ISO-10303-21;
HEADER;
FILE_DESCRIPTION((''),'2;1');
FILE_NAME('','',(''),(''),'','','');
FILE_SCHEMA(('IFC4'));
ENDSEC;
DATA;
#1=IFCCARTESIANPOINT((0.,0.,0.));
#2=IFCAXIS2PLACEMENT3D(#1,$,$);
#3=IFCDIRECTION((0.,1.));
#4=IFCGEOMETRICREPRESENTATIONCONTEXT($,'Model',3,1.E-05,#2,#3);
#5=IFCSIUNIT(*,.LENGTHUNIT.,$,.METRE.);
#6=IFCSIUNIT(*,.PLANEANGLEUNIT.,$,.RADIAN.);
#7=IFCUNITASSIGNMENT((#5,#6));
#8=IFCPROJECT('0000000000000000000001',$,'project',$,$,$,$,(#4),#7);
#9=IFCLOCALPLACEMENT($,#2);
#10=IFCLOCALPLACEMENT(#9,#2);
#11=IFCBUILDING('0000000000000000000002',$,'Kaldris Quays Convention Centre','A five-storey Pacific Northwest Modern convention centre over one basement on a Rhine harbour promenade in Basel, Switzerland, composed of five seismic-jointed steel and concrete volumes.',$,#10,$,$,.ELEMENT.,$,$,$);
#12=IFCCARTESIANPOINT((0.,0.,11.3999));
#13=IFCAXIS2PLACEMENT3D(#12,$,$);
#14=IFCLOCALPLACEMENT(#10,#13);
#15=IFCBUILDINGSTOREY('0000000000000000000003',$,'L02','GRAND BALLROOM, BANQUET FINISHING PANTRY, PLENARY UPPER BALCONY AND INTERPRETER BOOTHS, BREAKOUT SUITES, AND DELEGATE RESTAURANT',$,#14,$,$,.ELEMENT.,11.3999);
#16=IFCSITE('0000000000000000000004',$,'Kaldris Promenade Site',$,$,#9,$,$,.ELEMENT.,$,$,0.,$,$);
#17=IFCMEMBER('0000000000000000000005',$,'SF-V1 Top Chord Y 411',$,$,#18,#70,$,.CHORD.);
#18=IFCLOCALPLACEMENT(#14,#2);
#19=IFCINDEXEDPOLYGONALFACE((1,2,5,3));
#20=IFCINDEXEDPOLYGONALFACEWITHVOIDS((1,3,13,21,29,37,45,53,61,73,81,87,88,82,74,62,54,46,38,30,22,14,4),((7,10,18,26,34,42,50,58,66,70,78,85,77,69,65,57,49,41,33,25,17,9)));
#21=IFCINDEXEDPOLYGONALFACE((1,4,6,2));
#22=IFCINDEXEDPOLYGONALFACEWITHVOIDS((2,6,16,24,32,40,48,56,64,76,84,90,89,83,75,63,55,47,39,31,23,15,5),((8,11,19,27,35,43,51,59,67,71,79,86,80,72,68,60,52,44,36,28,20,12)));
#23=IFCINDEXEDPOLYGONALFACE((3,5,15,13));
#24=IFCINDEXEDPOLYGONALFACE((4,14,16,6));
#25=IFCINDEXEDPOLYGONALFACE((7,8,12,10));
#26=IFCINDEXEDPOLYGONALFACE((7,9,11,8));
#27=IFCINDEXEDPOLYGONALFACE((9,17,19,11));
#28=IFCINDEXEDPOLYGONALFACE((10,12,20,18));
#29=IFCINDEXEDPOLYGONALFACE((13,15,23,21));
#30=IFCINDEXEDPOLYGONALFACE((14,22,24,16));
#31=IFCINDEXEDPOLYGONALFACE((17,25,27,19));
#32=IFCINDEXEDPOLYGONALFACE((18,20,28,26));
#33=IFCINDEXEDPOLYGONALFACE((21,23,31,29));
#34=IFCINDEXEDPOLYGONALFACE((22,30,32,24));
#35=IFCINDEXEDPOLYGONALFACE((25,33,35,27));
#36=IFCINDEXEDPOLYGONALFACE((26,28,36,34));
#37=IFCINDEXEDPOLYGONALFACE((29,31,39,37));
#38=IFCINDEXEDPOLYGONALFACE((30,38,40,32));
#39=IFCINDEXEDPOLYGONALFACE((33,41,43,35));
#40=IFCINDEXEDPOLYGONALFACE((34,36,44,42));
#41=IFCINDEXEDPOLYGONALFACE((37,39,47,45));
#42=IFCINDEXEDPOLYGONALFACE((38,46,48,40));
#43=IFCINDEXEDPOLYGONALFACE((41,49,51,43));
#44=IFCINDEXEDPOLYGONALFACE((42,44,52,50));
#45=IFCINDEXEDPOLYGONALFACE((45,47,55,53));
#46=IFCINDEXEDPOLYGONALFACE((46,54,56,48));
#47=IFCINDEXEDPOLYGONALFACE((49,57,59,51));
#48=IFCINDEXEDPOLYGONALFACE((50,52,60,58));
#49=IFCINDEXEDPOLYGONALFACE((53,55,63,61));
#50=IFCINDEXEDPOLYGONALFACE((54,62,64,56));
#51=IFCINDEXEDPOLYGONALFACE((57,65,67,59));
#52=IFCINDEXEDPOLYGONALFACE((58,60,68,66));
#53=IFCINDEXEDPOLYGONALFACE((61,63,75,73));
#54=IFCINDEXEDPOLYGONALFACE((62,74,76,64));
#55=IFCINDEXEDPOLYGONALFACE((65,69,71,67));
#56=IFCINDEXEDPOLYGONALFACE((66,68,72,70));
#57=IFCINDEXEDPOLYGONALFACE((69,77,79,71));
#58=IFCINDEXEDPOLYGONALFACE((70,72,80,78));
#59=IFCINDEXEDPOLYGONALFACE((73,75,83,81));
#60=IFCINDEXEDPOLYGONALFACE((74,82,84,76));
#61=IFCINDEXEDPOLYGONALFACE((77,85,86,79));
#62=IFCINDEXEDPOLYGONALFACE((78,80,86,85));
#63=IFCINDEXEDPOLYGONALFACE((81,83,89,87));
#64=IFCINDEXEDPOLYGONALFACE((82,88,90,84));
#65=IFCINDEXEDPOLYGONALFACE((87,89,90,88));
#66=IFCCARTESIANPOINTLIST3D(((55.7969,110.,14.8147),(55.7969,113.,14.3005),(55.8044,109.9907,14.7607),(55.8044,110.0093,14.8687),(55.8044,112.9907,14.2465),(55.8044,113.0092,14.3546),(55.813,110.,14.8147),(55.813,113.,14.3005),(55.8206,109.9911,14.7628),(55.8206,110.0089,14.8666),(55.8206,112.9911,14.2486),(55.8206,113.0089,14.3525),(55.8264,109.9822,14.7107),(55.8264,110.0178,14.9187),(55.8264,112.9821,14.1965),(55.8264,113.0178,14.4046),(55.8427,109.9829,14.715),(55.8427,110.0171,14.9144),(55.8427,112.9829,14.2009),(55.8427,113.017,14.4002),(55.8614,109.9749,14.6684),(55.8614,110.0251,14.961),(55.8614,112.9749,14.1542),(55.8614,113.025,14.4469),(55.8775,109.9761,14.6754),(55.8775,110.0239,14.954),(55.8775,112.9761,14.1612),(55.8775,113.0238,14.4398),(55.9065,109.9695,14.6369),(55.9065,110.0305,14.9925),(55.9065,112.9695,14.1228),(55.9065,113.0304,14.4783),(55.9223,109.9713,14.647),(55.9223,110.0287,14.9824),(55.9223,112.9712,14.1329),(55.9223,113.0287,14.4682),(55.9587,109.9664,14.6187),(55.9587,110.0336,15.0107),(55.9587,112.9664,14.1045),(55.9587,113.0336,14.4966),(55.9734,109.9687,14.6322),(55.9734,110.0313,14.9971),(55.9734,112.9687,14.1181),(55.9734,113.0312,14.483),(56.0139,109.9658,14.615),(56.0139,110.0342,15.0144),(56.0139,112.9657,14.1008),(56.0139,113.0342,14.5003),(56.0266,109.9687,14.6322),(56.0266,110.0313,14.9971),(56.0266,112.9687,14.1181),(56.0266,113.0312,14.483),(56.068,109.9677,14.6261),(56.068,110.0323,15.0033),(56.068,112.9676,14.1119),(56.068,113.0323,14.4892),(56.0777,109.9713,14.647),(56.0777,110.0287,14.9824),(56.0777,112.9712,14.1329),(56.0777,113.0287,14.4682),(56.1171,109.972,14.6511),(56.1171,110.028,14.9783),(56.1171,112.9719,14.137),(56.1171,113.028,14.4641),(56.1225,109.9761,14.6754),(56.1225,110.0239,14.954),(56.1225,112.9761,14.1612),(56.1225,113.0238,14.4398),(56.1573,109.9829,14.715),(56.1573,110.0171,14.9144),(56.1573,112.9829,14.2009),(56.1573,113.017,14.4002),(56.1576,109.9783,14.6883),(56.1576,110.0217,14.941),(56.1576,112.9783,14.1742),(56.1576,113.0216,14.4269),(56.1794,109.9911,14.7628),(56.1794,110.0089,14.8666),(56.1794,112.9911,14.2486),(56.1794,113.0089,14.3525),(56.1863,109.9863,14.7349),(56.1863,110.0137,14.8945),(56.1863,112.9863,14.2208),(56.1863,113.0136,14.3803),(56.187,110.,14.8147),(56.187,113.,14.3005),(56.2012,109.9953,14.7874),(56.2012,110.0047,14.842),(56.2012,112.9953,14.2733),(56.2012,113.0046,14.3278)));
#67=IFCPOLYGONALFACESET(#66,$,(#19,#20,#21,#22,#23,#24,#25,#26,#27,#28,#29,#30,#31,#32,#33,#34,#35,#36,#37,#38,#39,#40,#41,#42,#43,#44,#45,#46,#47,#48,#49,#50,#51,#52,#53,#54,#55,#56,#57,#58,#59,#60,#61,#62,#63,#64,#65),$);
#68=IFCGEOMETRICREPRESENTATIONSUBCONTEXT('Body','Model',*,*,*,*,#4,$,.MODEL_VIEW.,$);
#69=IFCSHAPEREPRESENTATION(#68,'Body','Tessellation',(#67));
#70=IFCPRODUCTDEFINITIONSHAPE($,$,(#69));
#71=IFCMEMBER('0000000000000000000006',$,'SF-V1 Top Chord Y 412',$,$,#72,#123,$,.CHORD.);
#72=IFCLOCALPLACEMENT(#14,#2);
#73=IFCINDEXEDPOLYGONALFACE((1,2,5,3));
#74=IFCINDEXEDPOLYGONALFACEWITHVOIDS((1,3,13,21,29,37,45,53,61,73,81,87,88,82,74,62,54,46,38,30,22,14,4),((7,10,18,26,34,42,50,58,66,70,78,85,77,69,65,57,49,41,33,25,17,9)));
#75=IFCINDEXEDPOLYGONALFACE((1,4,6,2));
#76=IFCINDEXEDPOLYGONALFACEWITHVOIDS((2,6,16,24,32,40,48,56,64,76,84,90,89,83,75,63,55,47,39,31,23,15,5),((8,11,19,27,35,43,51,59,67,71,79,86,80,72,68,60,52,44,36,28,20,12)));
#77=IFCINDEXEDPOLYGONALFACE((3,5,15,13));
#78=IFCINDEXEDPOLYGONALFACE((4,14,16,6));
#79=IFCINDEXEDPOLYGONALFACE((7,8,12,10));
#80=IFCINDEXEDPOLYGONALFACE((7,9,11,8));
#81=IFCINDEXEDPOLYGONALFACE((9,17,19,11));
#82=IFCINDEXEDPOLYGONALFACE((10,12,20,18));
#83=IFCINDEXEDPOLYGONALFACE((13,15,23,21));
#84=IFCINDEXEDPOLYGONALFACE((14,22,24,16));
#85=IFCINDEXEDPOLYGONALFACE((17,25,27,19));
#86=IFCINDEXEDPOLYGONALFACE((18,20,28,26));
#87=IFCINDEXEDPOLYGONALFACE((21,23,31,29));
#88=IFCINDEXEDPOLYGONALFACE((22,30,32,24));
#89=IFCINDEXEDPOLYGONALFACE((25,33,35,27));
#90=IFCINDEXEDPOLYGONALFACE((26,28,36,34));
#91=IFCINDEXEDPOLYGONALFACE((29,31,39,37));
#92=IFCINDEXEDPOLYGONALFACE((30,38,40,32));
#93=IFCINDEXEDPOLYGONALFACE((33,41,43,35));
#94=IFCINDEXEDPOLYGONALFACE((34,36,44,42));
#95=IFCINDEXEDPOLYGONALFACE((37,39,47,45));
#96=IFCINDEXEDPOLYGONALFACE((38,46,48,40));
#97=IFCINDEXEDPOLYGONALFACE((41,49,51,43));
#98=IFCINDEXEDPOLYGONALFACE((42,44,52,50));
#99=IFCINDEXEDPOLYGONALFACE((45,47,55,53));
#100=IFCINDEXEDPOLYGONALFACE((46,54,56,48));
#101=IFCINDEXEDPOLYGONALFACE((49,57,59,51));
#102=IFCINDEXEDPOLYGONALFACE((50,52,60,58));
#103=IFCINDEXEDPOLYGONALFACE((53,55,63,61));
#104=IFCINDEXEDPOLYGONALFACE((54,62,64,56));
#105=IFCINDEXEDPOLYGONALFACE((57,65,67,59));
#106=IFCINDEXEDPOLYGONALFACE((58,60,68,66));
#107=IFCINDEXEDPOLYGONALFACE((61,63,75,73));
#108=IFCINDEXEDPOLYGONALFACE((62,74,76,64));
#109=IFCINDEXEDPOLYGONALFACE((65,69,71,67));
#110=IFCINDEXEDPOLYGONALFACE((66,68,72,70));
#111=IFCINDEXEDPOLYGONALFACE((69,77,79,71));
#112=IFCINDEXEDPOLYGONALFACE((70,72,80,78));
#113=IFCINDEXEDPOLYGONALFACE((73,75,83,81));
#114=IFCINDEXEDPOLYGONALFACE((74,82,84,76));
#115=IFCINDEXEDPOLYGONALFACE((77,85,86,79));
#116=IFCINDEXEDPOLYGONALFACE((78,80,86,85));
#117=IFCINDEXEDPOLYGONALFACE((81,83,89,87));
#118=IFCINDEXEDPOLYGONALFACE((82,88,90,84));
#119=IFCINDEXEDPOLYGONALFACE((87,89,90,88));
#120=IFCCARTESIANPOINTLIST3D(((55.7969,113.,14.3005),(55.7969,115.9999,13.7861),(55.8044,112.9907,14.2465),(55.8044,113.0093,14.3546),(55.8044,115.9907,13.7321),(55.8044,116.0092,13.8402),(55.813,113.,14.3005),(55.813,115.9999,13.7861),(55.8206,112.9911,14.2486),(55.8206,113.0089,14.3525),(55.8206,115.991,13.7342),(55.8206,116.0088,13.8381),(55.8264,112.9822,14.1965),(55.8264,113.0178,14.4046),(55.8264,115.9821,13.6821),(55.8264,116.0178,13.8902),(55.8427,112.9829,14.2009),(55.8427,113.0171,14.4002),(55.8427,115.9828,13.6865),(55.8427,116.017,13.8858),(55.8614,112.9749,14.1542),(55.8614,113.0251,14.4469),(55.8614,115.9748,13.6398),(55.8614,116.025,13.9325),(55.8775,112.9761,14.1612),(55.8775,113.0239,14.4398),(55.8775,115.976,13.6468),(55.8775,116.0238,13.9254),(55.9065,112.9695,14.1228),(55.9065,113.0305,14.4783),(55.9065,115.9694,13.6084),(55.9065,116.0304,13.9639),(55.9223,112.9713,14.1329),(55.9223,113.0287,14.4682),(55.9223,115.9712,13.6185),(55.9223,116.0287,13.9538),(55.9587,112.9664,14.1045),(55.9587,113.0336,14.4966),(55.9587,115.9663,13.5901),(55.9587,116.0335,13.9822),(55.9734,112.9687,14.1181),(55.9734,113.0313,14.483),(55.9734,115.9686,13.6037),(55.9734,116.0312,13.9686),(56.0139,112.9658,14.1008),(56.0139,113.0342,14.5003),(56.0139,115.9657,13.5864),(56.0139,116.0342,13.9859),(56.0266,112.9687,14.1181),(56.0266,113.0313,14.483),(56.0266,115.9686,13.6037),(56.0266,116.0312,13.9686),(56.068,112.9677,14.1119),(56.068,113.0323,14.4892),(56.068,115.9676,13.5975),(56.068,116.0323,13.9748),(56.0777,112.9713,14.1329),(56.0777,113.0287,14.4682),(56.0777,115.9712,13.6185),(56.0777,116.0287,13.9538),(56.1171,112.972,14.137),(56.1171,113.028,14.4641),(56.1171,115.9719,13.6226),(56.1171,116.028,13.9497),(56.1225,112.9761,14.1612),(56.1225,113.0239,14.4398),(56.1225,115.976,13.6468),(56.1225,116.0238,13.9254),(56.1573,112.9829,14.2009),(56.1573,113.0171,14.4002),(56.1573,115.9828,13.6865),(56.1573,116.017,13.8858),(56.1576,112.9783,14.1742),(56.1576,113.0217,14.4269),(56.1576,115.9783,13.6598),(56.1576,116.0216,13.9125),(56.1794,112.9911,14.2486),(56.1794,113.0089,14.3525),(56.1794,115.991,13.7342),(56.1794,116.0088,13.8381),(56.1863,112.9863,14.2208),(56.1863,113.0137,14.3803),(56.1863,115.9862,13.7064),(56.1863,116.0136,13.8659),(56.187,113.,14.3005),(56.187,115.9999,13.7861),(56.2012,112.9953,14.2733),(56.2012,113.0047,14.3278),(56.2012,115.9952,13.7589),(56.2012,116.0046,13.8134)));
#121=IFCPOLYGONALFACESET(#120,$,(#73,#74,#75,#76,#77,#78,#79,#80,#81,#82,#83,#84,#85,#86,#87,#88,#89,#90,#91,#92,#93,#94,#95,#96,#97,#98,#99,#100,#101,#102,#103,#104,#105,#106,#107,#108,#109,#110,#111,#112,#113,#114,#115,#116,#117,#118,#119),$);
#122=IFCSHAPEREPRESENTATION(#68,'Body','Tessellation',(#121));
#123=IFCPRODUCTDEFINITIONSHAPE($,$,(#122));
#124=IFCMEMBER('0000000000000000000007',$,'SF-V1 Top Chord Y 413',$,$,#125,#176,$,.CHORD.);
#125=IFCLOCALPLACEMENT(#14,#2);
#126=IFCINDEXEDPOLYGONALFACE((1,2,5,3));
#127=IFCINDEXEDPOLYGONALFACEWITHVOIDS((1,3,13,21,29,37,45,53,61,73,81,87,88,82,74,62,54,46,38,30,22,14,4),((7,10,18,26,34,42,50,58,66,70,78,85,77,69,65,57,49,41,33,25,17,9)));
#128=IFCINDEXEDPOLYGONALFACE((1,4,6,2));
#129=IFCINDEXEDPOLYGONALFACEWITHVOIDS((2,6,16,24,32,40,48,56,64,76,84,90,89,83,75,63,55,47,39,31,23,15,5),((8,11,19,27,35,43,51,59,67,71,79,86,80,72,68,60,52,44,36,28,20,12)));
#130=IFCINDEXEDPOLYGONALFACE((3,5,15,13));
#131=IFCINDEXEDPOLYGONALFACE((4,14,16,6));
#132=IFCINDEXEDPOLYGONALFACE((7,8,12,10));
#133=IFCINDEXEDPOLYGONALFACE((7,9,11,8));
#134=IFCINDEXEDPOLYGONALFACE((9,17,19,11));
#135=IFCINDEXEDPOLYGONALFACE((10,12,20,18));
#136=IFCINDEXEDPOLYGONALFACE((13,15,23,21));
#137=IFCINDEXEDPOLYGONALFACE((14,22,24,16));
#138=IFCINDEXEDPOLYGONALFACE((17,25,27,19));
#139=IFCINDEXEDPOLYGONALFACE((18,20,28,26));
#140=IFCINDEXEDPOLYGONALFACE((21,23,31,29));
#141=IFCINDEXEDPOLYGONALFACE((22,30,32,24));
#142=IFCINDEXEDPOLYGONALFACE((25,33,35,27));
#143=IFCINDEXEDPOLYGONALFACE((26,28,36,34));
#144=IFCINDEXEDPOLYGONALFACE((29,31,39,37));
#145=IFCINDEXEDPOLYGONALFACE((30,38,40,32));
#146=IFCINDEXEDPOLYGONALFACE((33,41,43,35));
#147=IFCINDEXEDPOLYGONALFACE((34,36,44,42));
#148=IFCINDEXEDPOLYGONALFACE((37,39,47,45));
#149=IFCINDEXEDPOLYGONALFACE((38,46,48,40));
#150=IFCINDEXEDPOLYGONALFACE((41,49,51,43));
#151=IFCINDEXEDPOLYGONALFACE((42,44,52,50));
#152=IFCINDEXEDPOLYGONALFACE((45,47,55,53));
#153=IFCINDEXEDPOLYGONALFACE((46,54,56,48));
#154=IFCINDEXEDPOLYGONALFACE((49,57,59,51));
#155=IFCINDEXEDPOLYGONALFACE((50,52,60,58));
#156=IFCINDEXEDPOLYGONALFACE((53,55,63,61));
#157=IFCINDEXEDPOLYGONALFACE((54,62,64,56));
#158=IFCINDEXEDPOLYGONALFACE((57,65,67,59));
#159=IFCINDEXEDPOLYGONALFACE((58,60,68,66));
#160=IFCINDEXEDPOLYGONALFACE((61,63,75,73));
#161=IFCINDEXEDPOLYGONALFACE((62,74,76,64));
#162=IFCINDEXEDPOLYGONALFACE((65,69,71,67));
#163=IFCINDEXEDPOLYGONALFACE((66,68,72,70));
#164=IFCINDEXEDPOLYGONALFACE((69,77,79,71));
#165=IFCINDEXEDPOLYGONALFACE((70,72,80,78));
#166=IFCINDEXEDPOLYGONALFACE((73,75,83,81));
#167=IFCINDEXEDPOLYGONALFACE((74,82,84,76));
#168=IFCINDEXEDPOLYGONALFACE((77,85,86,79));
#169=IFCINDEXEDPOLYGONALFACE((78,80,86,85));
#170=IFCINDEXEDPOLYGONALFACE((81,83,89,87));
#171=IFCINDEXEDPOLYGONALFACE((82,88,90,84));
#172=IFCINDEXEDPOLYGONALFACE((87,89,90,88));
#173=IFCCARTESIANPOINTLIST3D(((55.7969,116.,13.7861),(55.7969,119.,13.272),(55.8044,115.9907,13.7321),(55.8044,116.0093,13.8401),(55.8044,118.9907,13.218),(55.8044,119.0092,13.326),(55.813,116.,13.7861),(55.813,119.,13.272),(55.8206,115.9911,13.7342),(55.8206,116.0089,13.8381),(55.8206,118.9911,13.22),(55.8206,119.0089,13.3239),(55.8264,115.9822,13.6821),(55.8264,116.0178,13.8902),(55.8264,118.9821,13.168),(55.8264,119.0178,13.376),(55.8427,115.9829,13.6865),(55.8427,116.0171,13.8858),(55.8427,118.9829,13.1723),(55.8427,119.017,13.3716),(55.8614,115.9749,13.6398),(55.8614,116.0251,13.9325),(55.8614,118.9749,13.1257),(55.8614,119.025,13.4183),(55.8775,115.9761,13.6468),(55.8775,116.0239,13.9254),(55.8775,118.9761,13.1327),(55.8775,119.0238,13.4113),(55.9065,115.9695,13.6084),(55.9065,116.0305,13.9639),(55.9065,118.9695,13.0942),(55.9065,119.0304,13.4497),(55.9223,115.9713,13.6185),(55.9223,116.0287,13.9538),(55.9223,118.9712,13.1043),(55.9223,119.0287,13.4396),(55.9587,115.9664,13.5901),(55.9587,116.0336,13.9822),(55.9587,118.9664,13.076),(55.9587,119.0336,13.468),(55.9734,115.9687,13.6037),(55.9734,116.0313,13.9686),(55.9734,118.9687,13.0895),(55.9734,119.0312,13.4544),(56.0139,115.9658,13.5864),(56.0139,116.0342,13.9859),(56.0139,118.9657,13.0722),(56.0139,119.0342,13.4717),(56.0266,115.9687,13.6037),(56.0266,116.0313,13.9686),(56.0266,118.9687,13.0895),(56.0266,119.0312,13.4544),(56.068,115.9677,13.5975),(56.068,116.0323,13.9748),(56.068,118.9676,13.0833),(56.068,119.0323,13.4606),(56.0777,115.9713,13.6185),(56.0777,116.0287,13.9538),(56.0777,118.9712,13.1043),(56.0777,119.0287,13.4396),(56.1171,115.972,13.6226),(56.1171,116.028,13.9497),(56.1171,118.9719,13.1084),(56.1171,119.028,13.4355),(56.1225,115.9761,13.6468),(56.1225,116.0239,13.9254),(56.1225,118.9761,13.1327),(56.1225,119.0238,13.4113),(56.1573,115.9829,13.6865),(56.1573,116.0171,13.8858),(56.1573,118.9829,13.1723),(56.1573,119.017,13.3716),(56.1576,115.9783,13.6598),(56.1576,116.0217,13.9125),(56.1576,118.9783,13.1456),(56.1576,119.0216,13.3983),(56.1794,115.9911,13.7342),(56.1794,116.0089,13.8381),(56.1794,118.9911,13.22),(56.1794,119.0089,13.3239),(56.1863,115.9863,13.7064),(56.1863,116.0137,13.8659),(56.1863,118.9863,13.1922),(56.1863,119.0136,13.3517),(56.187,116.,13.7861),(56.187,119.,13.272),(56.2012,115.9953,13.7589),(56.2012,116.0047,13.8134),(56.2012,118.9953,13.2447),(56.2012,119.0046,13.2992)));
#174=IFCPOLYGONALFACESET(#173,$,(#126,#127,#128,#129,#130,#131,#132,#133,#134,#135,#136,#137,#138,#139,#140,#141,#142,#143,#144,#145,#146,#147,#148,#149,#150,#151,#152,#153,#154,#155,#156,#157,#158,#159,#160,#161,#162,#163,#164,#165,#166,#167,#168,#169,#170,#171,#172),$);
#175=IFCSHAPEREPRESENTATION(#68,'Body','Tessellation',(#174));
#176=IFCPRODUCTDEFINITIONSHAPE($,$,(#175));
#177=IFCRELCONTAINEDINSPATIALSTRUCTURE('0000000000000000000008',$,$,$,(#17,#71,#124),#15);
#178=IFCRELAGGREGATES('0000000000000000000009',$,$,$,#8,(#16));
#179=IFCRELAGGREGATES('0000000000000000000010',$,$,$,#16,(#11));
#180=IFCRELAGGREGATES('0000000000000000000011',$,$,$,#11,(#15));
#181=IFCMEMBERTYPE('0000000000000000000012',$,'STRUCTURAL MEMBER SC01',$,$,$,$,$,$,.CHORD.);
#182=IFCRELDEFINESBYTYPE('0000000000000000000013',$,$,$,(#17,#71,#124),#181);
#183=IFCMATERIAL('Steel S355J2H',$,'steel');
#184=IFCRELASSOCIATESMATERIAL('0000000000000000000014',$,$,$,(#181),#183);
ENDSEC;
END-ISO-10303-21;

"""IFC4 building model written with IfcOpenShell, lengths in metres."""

from ifc_helpers import new_model, si_unit, direction, frame, origin, origin_2d, place, context, subcontext, project, spatial, hollow_circle, extrude, material, material_profile, profile_set, type_object, element, save


model = new_model("IFC4")

# Units and contexts
model_context = context("Model", 3, precision=1e-05, world=origin(), true_north=direction((0.0, 1.0)))
body_context = subcontext(model_context, "Body", "Model", "MODEL_VIEW")
ifc_project = project(units=[si_unit("LENGTHUNIT", "METRE"), si_unit("PLANEANGLEUNIT", "RADIAN")], contexts=[model_context])

# Site, building, storey
site_placement = place(None, origin())
site = spatial("IfcSite", under=ifc_project, at=site_placement, Name="Kaldris Promenade Site", CompositionType="ELEMENT", RefElevation=0.0)
building_placement = place(site_placement, origin())
building = spatial("IfcBuilding", under=site, at=building_placement, Name="Kaldris Quays Convention Centre", Description="A five-storey Pacific Northwest Modern convention centre over one basement on a Rhine harbour promenade in Basel, Switzerland, composed of five seismic-jointed steel and concrete volumes.", CompositionType="ELEMENT")
storey_placement = place(building_placement, frame((0.0, 0.0, 11.3999)))
storey = spatial("IfcBuildingStorey", under=building, at=storey_placement, Name="L02", Description="GRAND BALLROOM, BANQUET FINISHING PANTRY, PLENARY UPPER BALCONY AND INTERPRETER BOOTHS, BREAKOUT SUITES, AND DELEGATE RESTAURANT", CompositionType="ELEMENT", Elevation=11.3999)

# Members
ifc_material_1 = material(Name="Steel S355J2H", Category="steel")
ifc_material_profile_1 = material_profile(ifc_material_1, hollow_circle(Radius=0.2031, WallThickness=0.0161, at=origin_2d()), Name="CHS 406.4x16")
ifc_profile_set_1 = profile_set([ifc_material_profile_1], Name="Steel S355J2H")
member_type_1 = type_object("IfcMemberType", Name="STRUCTURAL MEMBER SC01", PredefinedType="CHORD", material=ifc_profile_set_1)
for number, where, z_axis, x_axis, name in (
    (1, (56.0, 110.0, 14.8147), (0.0, 0.985629, -0.168924), (-1.0, 0.0, 0.0), "SF-V1 Top Chord Y 411"),
    (2, (56.0, 113.0, 14.3005), (0.0, 0.985616, -0.169002), (-1.0, 0.0, 0.0), "SF-V1 Top Chord Y 412"),
    (3, (56.0, 116.0, 13.7861), (0.0, 0.985629, -0.168924), (-1.0, 0.0, 0.0), "SF-V1 Top Chord Y 413"),
):
    element("IfcMember", number, at=place(storey_placement, frame(where, z_axis=z_axis, x_axis=x_axis)), inside=storey, type_object=member_type_1, Name=name, PredefinedType="CHORD", context=body_context, shape_type="SweptSolid", body=[
        extrude(hollow_circle(Radius=0.2031, WallThickness=0.0161, at=origin_2d()), origin(), (0.0, 0.0, 1.0), 3.0437),
    ])

save(model, "model.ifc")
